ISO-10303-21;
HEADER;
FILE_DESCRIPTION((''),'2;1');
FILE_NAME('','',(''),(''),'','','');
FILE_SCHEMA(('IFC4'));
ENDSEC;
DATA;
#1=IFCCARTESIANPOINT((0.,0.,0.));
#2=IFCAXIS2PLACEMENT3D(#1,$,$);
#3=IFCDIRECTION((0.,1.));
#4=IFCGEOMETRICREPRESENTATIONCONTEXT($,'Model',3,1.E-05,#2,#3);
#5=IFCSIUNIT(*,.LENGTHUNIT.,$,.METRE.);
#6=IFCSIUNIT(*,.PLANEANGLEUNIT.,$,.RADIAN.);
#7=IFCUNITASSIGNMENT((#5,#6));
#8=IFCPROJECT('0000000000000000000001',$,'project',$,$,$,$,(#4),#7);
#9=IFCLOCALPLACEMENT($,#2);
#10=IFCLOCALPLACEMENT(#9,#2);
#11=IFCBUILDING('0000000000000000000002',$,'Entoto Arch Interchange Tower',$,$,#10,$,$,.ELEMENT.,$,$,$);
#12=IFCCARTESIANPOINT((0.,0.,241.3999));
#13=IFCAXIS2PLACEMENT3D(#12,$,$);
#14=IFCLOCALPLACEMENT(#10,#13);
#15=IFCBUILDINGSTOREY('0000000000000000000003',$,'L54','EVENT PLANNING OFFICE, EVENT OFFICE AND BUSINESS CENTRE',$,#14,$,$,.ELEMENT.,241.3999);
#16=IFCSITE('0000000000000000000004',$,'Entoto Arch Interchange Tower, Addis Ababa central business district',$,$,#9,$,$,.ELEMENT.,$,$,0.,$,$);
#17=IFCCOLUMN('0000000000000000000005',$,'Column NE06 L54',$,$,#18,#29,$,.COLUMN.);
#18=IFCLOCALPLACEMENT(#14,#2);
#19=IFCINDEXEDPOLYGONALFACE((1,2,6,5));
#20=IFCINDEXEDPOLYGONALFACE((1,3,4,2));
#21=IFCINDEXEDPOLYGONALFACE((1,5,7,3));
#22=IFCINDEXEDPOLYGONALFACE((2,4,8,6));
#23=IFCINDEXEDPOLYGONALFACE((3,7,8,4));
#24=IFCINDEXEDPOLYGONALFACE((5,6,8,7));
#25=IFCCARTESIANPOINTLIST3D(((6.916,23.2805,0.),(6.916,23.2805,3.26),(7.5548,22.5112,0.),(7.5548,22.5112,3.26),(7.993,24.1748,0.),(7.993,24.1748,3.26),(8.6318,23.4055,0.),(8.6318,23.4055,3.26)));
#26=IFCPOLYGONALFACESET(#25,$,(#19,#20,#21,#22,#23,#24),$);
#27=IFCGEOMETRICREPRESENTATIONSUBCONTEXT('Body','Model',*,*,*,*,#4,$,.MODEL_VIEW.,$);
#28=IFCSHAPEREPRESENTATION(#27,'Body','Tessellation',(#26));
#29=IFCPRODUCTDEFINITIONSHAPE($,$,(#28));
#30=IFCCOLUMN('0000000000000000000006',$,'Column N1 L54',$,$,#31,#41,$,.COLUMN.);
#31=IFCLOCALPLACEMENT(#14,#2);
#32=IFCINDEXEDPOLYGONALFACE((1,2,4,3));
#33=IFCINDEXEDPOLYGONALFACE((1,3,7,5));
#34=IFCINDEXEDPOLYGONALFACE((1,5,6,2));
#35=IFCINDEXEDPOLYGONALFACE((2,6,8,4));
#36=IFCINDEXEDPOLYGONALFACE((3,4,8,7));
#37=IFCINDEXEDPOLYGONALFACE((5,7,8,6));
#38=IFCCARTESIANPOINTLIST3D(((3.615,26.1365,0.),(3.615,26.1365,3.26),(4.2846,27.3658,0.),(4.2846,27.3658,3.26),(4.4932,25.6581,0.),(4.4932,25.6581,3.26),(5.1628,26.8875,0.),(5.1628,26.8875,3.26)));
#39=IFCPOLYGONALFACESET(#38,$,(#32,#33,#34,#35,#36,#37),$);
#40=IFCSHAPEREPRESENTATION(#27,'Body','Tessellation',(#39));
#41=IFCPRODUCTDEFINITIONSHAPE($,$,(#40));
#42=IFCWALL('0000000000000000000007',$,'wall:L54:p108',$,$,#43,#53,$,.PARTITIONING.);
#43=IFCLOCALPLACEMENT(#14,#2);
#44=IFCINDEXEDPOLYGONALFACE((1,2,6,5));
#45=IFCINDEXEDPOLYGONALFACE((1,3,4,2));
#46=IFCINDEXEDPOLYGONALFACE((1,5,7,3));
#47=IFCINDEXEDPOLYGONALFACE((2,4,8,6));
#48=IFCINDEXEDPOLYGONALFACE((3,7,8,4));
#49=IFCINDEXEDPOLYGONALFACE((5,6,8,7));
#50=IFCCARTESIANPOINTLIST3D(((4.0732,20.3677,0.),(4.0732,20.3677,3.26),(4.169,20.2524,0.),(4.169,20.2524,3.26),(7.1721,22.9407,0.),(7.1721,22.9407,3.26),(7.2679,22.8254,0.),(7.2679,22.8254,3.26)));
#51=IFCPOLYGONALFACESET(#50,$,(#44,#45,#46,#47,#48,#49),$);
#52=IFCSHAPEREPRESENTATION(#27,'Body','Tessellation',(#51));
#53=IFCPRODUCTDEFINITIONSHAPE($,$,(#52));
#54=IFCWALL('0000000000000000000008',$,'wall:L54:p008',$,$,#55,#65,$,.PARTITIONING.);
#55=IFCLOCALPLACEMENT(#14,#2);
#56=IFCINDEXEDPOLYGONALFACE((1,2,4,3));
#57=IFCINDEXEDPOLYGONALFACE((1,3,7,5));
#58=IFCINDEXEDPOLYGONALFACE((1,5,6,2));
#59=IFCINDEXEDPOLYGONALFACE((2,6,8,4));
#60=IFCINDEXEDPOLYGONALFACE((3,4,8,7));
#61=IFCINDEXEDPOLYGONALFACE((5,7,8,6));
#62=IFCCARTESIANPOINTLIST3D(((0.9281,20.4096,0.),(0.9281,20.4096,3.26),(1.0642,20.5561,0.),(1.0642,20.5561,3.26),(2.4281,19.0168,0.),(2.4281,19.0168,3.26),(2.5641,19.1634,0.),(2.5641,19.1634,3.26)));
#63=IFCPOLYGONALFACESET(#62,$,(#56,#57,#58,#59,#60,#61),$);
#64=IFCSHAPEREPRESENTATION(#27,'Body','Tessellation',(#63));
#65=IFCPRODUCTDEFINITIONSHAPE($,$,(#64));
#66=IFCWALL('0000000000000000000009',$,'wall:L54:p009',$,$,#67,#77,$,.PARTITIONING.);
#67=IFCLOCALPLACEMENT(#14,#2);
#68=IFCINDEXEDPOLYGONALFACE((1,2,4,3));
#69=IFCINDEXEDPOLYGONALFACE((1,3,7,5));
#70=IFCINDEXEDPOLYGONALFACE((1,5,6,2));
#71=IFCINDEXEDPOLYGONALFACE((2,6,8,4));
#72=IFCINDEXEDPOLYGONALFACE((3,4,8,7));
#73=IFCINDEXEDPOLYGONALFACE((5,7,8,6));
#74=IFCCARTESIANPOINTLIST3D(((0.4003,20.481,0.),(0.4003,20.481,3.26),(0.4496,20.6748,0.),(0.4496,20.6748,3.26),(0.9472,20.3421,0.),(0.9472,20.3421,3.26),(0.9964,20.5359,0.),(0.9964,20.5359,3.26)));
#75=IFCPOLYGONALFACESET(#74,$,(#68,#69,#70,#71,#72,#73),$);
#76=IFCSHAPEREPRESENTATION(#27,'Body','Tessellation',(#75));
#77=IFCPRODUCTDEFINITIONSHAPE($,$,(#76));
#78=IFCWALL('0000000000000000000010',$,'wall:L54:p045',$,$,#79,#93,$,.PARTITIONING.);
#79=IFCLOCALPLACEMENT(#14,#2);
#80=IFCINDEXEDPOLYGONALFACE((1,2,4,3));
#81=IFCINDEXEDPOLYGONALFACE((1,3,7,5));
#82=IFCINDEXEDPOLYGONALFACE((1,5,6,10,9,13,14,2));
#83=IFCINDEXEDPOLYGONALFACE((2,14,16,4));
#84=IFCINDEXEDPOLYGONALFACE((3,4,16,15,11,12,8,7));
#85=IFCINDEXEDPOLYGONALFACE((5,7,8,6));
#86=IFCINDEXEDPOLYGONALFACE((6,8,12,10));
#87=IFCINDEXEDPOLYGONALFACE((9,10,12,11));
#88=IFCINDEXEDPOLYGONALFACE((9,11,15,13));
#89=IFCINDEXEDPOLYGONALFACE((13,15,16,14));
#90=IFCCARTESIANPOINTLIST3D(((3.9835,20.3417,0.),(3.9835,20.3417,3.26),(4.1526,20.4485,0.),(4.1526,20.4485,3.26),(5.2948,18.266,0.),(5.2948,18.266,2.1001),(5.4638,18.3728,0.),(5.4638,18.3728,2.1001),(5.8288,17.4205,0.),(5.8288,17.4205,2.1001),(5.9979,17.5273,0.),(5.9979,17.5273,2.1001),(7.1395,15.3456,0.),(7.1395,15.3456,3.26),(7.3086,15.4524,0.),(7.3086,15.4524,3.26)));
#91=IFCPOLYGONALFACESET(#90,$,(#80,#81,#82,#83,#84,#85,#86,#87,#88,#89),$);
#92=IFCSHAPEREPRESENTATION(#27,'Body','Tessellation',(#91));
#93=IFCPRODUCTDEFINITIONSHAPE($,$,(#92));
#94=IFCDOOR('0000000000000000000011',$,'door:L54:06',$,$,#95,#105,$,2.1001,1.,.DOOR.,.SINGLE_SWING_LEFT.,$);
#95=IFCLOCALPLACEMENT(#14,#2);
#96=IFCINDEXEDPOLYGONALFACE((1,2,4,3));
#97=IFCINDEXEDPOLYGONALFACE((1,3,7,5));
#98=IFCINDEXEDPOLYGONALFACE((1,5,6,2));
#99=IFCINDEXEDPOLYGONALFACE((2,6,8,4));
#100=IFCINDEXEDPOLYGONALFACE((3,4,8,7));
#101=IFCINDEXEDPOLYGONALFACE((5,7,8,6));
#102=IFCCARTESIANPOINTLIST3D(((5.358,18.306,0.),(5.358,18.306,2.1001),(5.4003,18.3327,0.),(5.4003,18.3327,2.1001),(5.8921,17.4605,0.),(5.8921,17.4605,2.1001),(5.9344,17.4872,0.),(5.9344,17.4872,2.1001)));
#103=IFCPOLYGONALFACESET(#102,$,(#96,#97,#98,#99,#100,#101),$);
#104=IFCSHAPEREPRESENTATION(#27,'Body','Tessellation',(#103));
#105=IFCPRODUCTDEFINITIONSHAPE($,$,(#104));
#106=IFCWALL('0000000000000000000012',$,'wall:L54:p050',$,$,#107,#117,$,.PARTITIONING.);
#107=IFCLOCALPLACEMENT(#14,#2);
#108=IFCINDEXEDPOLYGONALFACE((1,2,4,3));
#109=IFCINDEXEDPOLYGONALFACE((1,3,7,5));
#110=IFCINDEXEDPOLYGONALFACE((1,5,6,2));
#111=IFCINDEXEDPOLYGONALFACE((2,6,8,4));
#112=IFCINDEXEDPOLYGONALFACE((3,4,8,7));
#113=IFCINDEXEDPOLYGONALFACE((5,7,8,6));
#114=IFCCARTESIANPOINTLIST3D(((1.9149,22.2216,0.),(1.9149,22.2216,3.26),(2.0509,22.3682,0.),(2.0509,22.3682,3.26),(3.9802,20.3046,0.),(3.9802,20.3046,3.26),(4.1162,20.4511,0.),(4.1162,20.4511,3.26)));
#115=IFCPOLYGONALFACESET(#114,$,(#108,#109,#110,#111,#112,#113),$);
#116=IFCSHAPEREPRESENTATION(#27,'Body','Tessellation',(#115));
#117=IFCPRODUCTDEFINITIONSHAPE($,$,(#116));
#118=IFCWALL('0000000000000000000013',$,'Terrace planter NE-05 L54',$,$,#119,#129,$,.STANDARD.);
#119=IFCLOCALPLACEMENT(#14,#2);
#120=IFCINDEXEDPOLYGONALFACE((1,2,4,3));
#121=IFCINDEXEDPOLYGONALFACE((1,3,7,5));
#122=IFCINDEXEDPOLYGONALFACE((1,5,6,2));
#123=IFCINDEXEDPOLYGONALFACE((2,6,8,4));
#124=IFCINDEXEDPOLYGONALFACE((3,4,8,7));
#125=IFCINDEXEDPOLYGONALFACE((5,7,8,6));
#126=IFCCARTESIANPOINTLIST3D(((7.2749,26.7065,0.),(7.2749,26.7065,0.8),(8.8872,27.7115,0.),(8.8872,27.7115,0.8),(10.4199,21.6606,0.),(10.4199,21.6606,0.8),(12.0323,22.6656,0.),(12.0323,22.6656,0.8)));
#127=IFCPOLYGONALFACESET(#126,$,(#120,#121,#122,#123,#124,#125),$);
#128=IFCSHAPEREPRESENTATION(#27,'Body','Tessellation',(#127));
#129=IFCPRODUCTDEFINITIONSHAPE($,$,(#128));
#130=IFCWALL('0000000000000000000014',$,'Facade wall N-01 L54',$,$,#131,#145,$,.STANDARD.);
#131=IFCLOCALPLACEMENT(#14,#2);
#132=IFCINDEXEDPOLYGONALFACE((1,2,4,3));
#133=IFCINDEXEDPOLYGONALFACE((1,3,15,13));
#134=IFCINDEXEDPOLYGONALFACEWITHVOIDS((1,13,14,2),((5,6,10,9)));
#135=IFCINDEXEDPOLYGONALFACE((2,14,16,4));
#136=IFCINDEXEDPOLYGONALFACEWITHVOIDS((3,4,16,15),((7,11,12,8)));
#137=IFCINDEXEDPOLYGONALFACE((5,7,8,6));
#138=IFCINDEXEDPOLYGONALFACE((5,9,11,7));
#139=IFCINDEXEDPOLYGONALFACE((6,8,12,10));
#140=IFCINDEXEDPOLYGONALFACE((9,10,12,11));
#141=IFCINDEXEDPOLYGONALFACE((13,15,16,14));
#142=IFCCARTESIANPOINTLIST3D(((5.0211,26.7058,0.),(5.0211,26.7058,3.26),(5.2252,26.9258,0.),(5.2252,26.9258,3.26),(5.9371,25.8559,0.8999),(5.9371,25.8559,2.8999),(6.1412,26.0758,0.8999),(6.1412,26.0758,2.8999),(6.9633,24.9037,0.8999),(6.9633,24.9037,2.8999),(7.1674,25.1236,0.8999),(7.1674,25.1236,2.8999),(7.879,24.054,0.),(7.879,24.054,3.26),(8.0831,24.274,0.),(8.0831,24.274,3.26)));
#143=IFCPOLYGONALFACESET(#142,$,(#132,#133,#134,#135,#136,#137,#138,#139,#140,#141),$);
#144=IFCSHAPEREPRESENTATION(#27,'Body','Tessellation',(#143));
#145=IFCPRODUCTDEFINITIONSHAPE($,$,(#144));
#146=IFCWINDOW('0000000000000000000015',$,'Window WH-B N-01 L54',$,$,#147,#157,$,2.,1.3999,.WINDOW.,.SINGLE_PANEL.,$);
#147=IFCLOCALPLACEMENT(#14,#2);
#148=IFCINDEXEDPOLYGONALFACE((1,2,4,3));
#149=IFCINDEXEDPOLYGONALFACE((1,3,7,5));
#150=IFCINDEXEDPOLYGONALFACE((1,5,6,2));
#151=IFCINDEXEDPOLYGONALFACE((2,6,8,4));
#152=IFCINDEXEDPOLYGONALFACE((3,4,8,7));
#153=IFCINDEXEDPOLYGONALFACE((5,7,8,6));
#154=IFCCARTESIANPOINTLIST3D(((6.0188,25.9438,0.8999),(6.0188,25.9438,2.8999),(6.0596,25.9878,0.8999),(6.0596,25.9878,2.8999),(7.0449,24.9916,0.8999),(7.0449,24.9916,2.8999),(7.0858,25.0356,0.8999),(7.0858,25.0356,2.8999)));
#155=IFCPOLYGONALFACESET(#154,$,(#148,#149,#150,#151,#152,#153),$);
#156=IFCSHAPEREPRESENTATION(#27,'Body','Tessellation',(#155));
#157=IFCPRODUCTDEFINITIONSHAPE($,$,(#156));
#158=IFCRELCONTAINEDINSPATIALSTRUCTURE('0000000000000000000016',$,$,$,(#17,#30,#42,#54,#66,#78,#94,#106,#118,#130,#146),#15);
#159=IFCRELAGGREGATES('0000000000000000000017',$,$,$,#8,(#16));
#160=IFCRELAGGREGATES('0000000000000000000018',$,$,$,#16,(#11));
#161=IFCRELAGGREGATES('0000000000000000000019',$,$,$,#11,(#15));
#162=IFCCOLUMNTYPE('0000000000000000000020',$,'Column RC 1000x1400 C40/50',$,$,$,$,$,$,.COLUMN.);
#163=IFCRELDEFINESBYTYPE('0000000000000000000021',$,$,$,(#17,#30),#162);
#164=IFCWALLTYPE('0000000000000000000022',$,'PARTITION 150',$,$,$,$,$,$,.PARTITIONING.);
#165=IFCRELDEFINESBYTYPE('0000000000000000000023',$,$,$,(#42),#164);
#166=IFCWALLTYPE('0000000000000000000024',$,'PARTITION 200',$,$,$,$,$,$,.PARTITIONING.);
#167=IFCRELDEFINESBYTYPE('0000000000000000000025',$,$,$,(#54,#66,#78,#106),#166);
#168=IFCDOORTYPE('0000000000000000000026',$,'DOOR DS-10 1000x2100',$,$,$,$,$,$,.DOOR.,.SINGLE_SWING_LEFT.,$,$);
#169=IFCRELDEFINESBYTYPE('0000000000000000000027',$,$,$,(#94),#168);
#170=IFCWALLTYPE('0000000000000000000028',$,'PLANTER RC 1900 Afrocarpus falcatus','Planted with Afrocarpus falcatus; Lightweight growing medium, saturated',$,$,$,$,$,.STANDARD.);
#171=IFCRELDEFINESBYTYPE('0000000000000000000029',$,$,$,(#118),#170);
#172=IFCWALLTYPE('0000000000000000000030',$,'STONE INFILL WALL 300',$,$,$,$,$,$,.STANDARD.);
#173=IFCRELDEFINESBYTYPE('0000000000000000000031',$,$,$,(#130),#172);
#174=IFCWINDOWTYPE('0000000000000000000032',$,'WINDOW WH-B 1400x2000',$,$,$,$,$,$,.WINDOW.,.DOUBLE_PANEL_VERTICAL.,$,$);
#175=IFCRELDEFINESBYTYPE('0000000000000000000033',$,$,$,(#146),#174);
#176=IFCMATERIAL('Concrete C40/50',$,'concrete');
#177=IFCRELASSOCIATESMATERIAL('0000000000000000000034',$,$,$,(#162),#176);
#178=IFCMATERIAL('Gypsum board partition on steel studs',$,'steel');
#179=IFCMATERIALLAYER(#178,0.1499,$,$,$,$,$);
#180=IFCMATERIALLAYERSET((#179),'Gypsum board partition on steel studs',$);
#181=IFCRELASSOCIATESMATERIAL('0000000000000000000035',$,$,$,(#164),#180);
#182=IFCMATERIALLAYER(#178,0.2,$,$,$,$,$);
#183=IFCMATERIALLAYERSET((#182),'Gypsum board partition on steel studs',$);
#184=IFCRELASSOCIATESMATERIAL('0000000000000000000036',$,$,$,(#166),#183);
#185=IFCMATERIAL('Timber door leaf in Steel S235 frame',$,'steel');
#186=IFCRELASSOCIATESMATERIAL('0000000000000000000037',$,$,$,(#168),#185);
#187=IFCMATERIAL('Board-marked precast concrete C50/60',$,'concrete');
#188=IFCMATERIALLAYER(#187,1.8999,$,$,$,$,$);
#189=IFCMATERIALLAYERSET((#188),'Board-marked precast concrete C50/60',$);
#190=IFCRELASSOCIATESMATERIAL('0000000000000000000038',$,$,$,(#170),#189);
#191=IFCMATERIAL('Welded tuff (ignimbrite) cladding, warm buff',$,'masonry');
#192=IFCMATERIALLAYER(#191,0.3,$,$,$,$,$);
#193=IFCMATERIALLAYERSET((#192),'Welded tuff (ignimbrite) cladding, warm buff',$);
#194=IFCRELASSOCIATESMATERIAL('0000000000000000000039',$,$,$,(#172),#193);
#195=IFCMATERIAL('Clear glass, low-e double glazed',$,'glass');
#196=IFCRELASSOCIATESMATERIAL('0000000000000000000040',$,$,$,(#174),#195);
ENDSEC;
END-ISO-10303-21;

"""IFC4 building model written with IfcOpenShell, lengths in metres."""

from ifc_helpers import new_model, si_unit, direction, frame, frame_2d, origin, origin_2d, place, context, subcontext, project, spatial, rectangle, extrude, material, layer, layer_set, material_profile, profile_set, type_object, element, fill, save


model = new_model("IFC4")

# Units and contexts
model_context = context("Model", 3, precision=1e-05, world=origin(), true_north=direction((0.0, 1.0)))
body_context = subcontext(model_context, "Body", "Model", "MODEL_VIEW")
ifc_project = project(units=[si_unit("LENGTHUNIT", "METRE"), si_unit("PLANEANGLEUNIT", "RADIAN")], contexts=[model_context])

# Site, building, storey
site_placement = place(None, origin())
site = spatial("IfcSite", under=ifc_project, at=site_placement, Name="Entoto Arch Interchange Tower, Addis Ababa central business district", CompositionType="ELEMENT", RefElevation=0.0)
building_placement = place(site_placement, origin())
building = spatial("IfcBuilding", under=site, at=building_placement, Name="Entoto Arch Interchange Tower", CompositionType="ELEMENT")
storey_placement = place(building_placement, frame((0.0, 0.0, 241.3999)))
storey = spatial("IfcBuildingStorey", under=building, at=storey_placement, Name="L54", Description="EVENT PLANNING OFFICE, EVENT OFFICE AND BUSINESS CENTRE", CompositionType="ELEMENT", Elevation=241.3999)

# Columns
ifc_material_1 = material(Name="Concrete C40/50", Category="concrete")
ifc_material_profile = material_profile(ifc_material_1, rectangle(XDim=1.0, YDim=1.3999, at=origin_2d()))
ifc_profile_set = profile_set([ifc_material_profile], Name="Concrete C40/50")
column_type = type_object("IfcColumnType", Name="Column RC 1000x1400 C40/50", PredefinedType="COLUMN", material=ifc_profile_set)
for number, where, z_axis, x_axis, name in (
    (1, (7.7739, 23.343, 0.0), (0.0, 0.0, 1.0), (-0.638835, 0.769344, 0.0), "Column NE06 L54"),
    (2, (4.3889, 26.512, 0.0), (0.0, 0.0, 1.0), (-0.878175, 0.478339, 0.0), "Column N1 L54"),
):
    element("IfcColumn", number, at=place(storey_placement, frame(where, z_axis=z_axis, x_axis=x_axis)), inside=storey, type_object=column_type, Name=name, PredefinedType="COLUMN", context=body_context, shape_type="SweptSolid", body=[
        extrude(rectangle(XDim=1.0, YDim=1.3999, at=origin_2d()), origin(), (0.0, 0.0, 1.0), 3.26),
    ])

# Walls
ifc_material_2 = material(Name="Gypsum board partition on steel studs", Category="steel")
ifc_layer_1 = layer(ifc_material_2, 0.1499)
ifc_layer_set_1 = layer_set([ifc_layer_1], Name="Gypsum board partition on steel studs")
wall_type_1 = type_object("IfcWallType", Name="PARTITION 150", PredefinedType="PARTITIONING", material=ifc_layer_set_1)
wall_1_placement = place(storey_placement, frame((4.1211, 20.3101, 0.0), z_axis=(0.0, 0.0, 1.0), x_axis=(0.769368, 0.638806, 0.0)))
element("IfcWall", 3, at=wall_1_placement, inside=storey, type_object=wall_type_1, Name="wall:L54:p108", PredefinedType="PARTITIONING", context=body_context, shape_type="SweptSolid", body=[
    extrude(rectangle(XDim=4.0278, YDim=0.1499, at=frame_2d((2.0139, 0.0))), origin(), (0.0, 0.0, 1.0), 3.26),
])
ifc_layer_2 = layer(ifc_material_2, 0.2)
ifc_layer_set_2 = layer_set([ifc_layer_2], Name="Gypsum board partition on steel studs")
wall_type_2 = type_object("IfcWallType", Name="PARTITION 200", PredefinedType="PARTITIONING", material=ifc_layer_set_2)
wall_2_placement = place(storey_placement, frame((2.4961, 19.0901, 0.0), z_axis=(0.0, 0.0, 1.0), x_axis=(-0.732802, 0.680442, 0.0)))
element("IfcWall", 4, at=wall_2_placement, inside=storey, type_object=wall_type_2, Name="wall:L54:p008", PredefinedType="PARTITIONING", context=body_context, shape_type="SweptSolid", body=[
    extrude(rectangle(XDim=2.0469, YDim=0.2, at=frame_2d((1.0234, 0.0))), origin(), (0.0, 0.0, 1.0), 3.26),
])
wall_3_placement = place(storey_placement, frame((0.9719, 20.439, 0.0), z_axis=(0.0, 0.0, 1.0), x_axis=(-0.969219, 0.246199, 0.0)))
element("IfcWall", 5, at=wall_3_placement, inside=storey, type_object=wall_type_2, Name="wall:L54:p009", PredefinedType="PARTITIONING", context=body_context, shape_type="SweptSolid", body=[
    extrude(rectangle(XDim=0.5642, YDim=0.2, at=frame_2d((0.2822, 0.0))), origin(), (0.0, 0.0, 1.0), 3.26),
])

# Wall, opening, door
wall_4_placement = place(storey_placement, frame((4.0681, 20.395, 0.0), z_axis=(0.0, 0.0, 1.0), x_axis=(0.534063, -0.845445, 0.0)))
wall_4 = element("IfcWall", 6, at=wall_4_placement, inside=storey, type_object=wall_type_2, Name="wall:L54:p045", PredefinedType="PARTITIONING", context=body_context, shape_type="SweptSolid", body=[
    extrude(rectangle(XDim=5.9094, YDim=0.2, at=frame_2d((2.9546, 0.0))), origin(), (0.0, 0.0, 1.0), 3.26),
])
opening_1_placement = place(wall_4_placement, frame((2.4551, 0.0, 0.0)))
opening_1 = element("IfcOpeningElement", 7, at=opening_1_placement, cuts=wall_4, PredefinedType="OPENING", context=body_context, shape_type="SweptSolid", body=[
    extrude(rectangle(XDim=1.0, YDim=2.1001, at=frame_2d((0.5, 1.05))), frame((0.0, 0.1099, 0.0), z_axis=(0.0, -1.0, 0.0), x_axis=(1.0, 0.0, 0.0)), (0.0, 0.0, 1.0), 0.22),
])
ifc_material_3 = material(Name="Timber door leaf in Steel S235 frame", Category="steel")
door_type = type_object("IfcDoorType", Name="DOOR DS-10 1000x2100", OperationType="SINGLE_SWING_LEFT", PredefinedType="DOOR", material=ifc_material_3)
door_placement = place(opening_1_placement, origin())
door = element("IfcDoor", 8, at=door_placement, inside=storey, type_object=door_type, Name="door:L54:06", OperationType="SINGLE_SWING_LEFT", OverallHeight=2.1001, OverallWidth=1.0, PredefinedType="DOOR", context=body_context, shape_type="SweptSolid", body=[
    extrude(rectangle(XDim=1.0, YDim=2.1001, at=frame_2d((0.5, 1.05))), frame((0.0, 0.0249, 0.0), z_axis=(0.0, -1.0, 0.0), x_axis=(1.0, 0.0, 0.0)), (0.0, 0.0, 1.0), 0.05),
])
fill(opening_1, door)

# Walls
wall_5_placement = place(storey_placement, frame((1.9829, 22.2949, 0.0), z_axis=(0.0, 0.0, 1.0), x_axis=(0.732914, -0.680321, 0.0)))
element("IfcWall", 9, at=wall_5_placement, inside=storey, type_object=wall_type_2, Name="wall:L54:p050", PredefinedType="PARTITIONING", context=body_context, shape_type="SweptSolid", body=[
    extrude(rectangle(XDim=2.8179, YDim=0.2, at=frame_2d((1.4089, 0.0))), origin(), (0.0, 0.0, 1.0), 3.26),
])
ifc_material_4 = material(Name="Board-marked precast concrete C50/60", Category="concrete")
ifc_layer_3 = layer(ifc_material_4, 1.8999)
ifc_layer_set_3 = layer_set([ifc_layer_3], Name="Board-marked precast concrete C50/60")
wall_type_3 = type_object("IfcWallType", Name="PLANTER RC 1900 Afrocarpus falcatus", Description="Planted with Afrocarpus falcatus; Lightweight growing medium, saturated", PredefinedType="STANDARD", material=ifc_layer_set_3)
wall_6_placement = place(storey_placement, frame((11.2261, 22.1631, 0.0), z_axis=(0.0, 0.0, 1.0), x_axis=(-0.52895, 0.848653, 0.0)))
element("IfcWall", 10, at=wall_6_placement, inside=storey, type_object=wall_type_3, Name="Terrace planter NE-05 L54", PredefinedType="STANDARD", context=body_context, shape_type="SweptSolid", body=[
    extrude(rectangle(XDim=5.9458, YDim=1.8999, at=frame_2d((2.9729, 0.0))), origin(), (0.0, 0.0, 1.0), 0.8),
])

# Wall, opening, window
ifc_material_5 = material(Name="Welded tuff (ignimbrite) cladding, warm buff", Category="masonry")
ifc_layer_4 = layer(ifc_material_5, 0.3)
ifc_layer_set_4 = layer_set([ifc_layer_4], Name="Welded tuff (ignimbrite) cladding, warm buff")
wall_type_4 = type_object("IfcWallType", Name="STONE INFILL WALL 300", PredefinedType="STANDARD", material=ifc_layer_set_4)
wall_7_placement = place(storey_placement, frame((7.981, 24.1641, 0.0), z_axis=(0.0, 0.0, 1.0), x_axis=(-0.733039, 0.680187, 0.0)))
wall_7 = element("IfcWall", 11, at=wall_7_placement, inside=storey, type_object=wall_type_4, Name="Facade wall N-01 L54", PredefinedType="STANDARD", context=body_context, shape_type="SweptSolid", body=[
    extrude(rectangle(XDim=3.8987, YDim=0.3, at=frame_2d((1.9492, 0.0))), origin(), (0.0, 0.0, 1.0), 3.26),
])
opening_2_placement = place(wall_7_placement, frame((1.249, 0.0, 0.8999)))
opening_2 = element("IfcOpeningElement", 12, at=opening_2_placement, cuts=wall_7, PredefinedType="OPENING", context=body_context, shape_type="SweptSolid", body=[
    extrude(rectangle(XDim=1.3999, YDim=2.0, at=frame_2d((0.7, 1.0))), frame((0.0, 0.1602, 0.0), z_axis=(0.0, -1.0, 0.0), x_axis=(1.0, 0.0, 0.0)), (0.0, 0.0, 1.0), 0.3201),
])
ifc_material_6 = material(Name="Clear glass, low-e double glazed", Category="glass")
window_type = type_object("IfcWindowType", Name="WINDOW WH-B 1400x2000", PartitioningType="DOUBLE_PANEL_VERTICAL", PredefinedType="WINDOW", material=ifc_material_6)
window_1_placement = place(opening_2_placement, origin())
window_1 = element("IfcWindow", 13, at=window_1_placement, inside=storey, type_object=window_type, Name="Window WH-B N-01 L54", OverallHeight=2.0, OverallWidth=1.3999, PartitioningType="SINGLE_PANEL", PredefinedType="WINDOW", context=body_context, shape_type="SweptSolid", body=[
    extrude(rectangle(XDim=1.3999, YDim=2.0, at=frame_2d((0.7, 1.0))), frame((0.0, 0.03, 0.0), z_axis=(0.0, -1.0, 0.0), x_axis=(1.0, 0.0, 0.0)), (0.0, 0.0, 1.0), 0.0601),
])
fill(opening_2, window_1)

save(model, "model.ifc")
